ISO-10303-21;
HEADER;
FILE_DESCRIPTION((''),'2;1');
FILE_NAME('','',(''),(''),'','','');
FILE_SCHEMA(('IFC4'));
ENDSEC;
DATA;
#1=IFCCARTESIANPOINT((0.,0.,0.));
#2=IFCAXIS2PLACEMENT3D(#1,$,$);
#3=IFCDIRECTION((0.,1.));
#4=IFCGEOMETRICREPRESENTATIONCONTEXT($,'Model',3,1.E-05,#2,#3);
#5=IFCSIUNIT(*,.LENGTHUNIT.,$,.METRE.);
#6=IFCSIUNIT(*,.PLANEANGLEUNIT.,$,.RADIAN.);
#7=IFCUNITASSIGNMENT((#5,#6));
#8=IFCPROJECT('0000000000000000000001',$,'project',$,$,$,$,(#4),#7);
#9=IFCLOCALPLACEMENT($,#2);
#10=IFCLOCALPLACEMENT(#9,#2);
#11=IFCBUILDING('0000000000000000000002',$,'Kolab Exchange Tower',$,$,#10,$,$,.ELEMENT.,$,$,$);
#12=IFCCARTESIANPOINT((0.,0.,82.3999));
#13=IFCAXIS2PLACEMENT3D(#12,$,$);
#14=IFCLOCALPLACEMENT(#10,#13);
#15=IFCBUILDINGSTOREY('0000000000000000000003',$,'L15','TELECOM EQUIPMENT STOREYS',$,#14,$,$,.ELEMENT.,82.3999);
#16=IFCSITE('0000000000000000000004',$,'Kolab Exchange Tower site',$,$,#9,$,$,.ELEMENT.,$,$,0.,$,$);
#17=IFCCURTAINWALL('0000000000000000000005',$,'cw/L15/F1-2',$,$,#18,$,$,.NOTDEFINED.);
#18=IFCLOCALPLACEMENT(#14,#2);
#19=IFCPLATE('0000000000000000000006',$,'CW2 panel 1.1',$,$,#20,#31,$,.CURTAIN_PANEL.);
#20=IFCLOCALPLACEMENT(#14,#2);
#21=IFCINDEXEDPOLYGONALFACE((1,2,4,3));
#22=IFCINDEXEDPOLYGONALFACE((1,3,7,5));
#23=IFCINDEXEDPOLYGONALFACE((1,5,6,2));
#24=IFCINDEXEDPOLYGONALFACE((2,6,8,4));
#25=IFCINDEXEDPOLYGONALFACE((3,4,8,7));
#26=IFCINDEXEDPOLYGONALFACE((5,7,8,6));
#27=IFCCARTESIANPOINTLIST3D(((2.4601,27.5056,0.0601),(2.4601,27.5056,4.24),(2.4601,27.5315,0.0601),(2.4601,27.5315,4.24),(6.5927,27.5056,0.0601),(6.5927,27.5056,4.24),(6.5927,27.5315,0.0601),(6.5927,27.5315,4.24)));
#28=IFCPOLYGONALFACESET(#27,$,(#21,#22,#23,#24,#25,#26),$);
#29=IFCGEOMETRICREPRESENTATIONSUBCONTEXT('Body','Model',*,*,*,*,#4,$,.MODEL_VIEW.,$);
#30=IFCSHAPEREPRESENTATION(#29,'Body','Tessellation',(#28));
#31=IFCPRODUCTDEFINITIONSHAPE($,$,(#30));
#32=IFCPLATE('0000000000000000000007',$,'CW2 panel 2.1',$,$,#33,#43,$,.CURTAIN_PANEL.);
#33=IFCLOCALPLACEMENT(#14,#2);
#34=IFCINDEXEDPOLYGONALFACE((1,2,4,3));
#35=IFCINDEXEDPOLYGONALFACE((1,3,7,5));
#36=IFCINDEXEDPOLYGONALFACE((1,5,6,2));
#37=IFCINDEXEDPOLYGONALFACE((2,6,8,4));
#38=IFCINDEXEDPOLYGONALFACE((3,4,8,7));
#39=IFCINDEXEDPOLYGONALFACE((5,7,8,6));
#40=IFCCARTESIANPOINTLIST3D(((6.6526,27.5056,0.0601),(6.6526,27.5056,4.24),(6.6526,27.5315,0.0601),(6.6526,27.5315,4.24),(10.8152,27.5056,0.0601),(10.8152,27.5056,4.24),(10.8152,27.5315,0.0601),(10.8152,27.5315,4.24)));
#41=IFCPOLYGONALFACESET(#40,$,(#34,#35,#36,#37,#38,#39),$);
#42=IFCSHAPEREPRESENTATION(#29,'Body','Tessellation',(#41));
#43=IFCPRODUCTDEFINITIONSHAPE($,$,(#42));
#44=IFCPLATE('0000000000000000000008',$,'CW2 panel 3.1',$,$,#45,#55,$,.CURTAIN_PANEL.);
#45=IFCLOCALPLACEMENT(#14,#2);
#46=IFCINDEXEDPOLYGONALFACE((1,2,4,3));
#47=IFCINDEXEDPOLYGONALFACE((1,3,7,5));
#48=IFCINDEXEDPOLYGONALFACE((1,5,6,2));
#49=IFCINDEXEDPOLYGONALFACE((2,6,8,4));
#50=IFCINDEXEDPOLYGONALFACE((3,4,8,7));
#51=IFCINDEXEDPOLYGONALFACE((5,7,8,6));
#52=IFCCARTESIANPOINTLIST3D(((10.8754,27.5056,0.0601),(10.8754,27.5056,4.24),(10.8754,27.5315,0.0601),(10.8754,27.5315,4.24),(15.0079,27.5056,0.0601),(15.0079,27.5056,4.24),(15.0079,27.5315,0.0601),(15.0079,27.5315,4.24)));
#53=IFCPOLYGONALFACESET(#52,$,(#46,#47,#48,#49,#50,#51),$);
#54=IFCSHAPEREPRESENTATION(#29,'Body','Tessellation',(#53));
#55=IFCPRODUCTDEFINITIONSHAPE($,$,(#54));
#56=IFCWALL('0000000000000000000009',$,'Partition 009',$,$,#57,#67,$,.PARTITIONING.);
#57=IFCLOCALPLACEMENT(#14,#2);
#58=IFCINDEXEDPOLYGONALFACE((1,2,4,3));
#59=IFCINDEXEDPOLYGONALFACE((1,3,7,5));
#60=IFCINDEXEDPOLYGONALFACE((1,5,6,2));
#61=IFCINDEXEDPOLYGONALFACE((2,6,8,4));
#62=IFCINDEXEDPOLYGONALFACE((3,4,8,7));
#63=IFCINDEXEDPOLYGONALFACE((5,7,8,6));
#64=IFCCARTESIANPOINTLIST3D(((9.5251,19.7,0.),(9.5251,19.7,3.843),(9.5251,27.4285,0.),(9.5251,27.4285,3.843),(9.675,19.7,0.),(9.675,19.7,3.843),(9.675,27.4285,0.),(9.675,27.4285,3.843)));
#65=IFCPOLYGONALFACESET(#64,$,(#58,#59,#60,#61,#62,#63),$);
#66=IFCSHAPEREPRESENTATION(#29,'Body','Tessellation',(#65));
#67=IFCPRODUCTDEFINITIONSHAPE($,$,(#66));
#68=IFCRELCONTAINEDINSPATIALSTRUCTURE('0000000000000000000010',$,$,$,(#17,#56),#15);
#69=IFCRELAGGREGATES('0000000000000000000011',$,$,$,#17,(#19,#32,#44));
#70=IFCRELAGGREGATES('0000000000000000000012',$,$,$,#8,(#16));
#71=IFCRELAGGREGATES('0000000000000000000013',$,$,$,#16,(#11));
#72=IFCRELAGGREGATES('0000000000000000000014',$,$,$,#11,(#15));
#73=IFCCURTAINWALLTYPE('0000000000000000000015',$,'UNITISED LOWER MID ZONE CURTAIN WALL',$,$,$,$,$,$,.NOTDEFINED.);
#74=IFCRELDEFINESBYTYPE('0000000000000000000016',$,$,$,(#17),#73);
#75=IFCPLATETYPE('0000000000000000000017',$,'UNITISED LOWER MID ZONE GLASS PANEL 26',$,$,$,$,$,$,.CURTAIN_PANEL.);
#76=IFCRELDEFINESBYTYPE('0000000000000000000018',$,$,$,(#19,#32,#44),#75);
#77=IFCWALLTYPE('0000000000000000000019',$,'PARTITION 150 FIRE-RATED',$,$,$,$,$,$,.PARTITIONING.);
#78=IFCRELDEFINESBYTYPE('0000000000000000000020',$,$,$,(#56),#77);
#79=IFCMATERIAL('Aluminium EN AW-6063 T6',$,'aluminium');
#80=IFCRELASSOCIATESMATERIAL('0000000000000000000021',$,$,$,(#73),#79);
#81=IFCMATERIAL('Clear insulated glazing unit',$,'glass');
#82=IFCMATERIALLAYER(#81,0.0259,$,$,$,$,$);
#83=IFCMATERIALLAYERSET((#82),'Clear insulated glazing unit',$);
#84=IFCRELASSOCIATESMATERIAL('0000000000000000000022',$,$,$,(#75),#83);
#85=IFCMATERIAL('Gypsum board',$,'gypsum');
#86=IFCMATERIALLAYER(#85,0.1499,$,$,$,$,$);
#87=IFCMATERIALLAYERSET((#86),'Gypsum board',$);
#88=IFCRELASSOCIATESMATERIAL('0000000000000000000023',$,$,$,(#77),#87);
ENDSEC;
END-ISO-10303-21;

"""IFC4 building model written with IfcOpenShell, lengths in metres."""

from ifc_helpers import new_model, si_unit, direction, frame, frame_2d, origin, origin_2d, place, context, subcontext, project, spatial, rectangle, extrude, material, layer, layer_set, type_object, element, aggregate, save


model = new_model("IFC4")

# Units and contexts
model_context = context("Model", 3, precision=1e-05, world=origin(), true_north=direction((0.0, 1.0)))
body_context = subcontext(model_context, "Body", "Model", "MODEL_VIEW")
ifc_project = project(units=[si_unit("LENGTHUNIT", "METRE"), si_unit("PLANEANGLEUNIT", "RADIAN")], contexts=[model_context])

# Site, building, storey
site_placement = place(None, origin())
site = spatial("IfcSite", under=ifc_project, at=site_placement, Name="Kolab Exchange Tower site", CompositionType="ELEMENT", RefElevation=0.0)
building_placement = place(site_placement, origin())
building = spatial("IfcBuilding", under=site, at=building_placement, Name="Kolab Exchange Tower", CompositionType="ELEMENT")
storey_placement = place(building_placement, frame((0.0, 0.0, 82.3999)))
storey = spatial("IfcBuildingStorey", under=building, at=storey_placement, Name="L15", Description="TELECOM EQUIPMENT STOREYS", CompositionType="ELEMENT", Elevation=82.3999)

# Curtain wall, plates
ifc_material_1 = material(Name="Aluminium EN AW-6063 T6", Category="aluminium")
curtain_wall_type = type_object("IfcCurtainWallType", Name="UNITISED LOWER MID ZONE CURTAIN WALL", PredefinedType="NOTDEFINED", material=ifc_material_1)
curtain_wall_placement = place(storey_placement, origin())
curtain_wall = element("IfcCurtainWall", 1, at=curtain_wall_placement, inside=storey, type_object=curtain_wall_type, Name="cw/L15/F1-2", PredefinedType="NOTDEFINED")
ifc_material_2 = material(Name="Clear insulated glazing unit", Category="glass")
ifc_layer_1 = layer(ifc_material_2, 0.0259)
ifc_layer_set_1 = layer_set([ifc_layer_1], Name="Clear insulated glazing unit")
plate_type = type_object("IfcPlateType", Name="UNITISED LOWER MID ZONE GLASS PANEL 26", PredefinedType="CURTAIN_PANEL", material=ifc_layer_set_1)
plate_1_placement = place(storey_placement, frame((4.5264, 27.5186, 0.0601), z_axis=(0.0, 0.0, 1.0), x_axis=(1.0, 0.0, 0.0)))
plate_1 = element("IfcPlate", 2, at=plate_1_placement, type_object=plate_type, Name="CW2 panel 1.1", PredefinedType="CURTAIN_PANEL", context=body_context, shape_type="SweptSolid", body=[
    extrude(rectangle(XDim=4.1326, YDim=0.0259, at=origin_2d()), origin(), (0.0, 0.0, 1.0), 4.1799),
])
plate_2_placement = place(storey_placement, frame((8.7339, 27.5186, 0.0601), z_axis=(0.0, 0.0, 1.0), x_axis=(1.0, 0.0, 0.0)))
plate_2 = element("IfcPlate", 3, at=plate_2_placement, type_object=plate_type, Name="CW2 panel 2.1", PredefinedType="CURTAIN_PANEL", context=body_context, shape_type="SweptSolid", body=[
    extrude(rectangle(XDim=4.1626, YDim=0.0259, at=origin_2d()), origin(), (0.0, 0.0, 1.0), 4.1799),
])
plate_3_placement = place(storey_placement, frame((12.9417, 27.5186, 0.0601), z_axis=(0.0, 0.0, 1.0), x_axis=(1.0, 0.0, 0.0)))
plate_3 = element("IfcPlate", 4, at=plate_3_placement, type_object=plate_type, Name="CW2 panel 3.1", PredefinedType="CURTAIN_PANEL", context=body_context, shape_type="SweptSolid", body=[
    extrude(rectangle(XDim=4.1326, YDim=0.0259, at=origin_2d()), origin(), (0.0, 0.0, 1.0), 4.1799),
])
aggregate(curtain_wall, [plate_1, plate_2, plate_3])

# Wall
ifc_material_3 = material(Name="Gypsum board", Category="gypsum")
ifc_layer_2 = layer(ifc_material_3, 0.1499)
ifc_layer_set_2 = layer_set([ifc_layer_2], Name="Gypsum board")
wall_type = type_object("IfcWallType", Name="PARTITION 150 FIRE-RATED", PredefinedType="PARTITIONING", material=ifc_layer_set_2)
wall_placement = place(storey_placement, frame((9.6001, 19.7, 0.0), z_axis=(0.0, 0.0, 1.0), x_axis=(0.0, 1.0, 0.0)))
element("IfcWall", 5, at=wall_placement, inside=storey, type_object=wall_type, Name="Partition 009", PredefinedType="PARTITIONING", context=body_context, shape_type="SweptSolid", body=[
    extrude(rectangle(XDim=7.7285, YDim=0.1499, at=frame_2d((3.8643, 0.0))), origin(), (0.0, 0.0, 1.0), 3.843),
])

save(model, "model.ifc")
